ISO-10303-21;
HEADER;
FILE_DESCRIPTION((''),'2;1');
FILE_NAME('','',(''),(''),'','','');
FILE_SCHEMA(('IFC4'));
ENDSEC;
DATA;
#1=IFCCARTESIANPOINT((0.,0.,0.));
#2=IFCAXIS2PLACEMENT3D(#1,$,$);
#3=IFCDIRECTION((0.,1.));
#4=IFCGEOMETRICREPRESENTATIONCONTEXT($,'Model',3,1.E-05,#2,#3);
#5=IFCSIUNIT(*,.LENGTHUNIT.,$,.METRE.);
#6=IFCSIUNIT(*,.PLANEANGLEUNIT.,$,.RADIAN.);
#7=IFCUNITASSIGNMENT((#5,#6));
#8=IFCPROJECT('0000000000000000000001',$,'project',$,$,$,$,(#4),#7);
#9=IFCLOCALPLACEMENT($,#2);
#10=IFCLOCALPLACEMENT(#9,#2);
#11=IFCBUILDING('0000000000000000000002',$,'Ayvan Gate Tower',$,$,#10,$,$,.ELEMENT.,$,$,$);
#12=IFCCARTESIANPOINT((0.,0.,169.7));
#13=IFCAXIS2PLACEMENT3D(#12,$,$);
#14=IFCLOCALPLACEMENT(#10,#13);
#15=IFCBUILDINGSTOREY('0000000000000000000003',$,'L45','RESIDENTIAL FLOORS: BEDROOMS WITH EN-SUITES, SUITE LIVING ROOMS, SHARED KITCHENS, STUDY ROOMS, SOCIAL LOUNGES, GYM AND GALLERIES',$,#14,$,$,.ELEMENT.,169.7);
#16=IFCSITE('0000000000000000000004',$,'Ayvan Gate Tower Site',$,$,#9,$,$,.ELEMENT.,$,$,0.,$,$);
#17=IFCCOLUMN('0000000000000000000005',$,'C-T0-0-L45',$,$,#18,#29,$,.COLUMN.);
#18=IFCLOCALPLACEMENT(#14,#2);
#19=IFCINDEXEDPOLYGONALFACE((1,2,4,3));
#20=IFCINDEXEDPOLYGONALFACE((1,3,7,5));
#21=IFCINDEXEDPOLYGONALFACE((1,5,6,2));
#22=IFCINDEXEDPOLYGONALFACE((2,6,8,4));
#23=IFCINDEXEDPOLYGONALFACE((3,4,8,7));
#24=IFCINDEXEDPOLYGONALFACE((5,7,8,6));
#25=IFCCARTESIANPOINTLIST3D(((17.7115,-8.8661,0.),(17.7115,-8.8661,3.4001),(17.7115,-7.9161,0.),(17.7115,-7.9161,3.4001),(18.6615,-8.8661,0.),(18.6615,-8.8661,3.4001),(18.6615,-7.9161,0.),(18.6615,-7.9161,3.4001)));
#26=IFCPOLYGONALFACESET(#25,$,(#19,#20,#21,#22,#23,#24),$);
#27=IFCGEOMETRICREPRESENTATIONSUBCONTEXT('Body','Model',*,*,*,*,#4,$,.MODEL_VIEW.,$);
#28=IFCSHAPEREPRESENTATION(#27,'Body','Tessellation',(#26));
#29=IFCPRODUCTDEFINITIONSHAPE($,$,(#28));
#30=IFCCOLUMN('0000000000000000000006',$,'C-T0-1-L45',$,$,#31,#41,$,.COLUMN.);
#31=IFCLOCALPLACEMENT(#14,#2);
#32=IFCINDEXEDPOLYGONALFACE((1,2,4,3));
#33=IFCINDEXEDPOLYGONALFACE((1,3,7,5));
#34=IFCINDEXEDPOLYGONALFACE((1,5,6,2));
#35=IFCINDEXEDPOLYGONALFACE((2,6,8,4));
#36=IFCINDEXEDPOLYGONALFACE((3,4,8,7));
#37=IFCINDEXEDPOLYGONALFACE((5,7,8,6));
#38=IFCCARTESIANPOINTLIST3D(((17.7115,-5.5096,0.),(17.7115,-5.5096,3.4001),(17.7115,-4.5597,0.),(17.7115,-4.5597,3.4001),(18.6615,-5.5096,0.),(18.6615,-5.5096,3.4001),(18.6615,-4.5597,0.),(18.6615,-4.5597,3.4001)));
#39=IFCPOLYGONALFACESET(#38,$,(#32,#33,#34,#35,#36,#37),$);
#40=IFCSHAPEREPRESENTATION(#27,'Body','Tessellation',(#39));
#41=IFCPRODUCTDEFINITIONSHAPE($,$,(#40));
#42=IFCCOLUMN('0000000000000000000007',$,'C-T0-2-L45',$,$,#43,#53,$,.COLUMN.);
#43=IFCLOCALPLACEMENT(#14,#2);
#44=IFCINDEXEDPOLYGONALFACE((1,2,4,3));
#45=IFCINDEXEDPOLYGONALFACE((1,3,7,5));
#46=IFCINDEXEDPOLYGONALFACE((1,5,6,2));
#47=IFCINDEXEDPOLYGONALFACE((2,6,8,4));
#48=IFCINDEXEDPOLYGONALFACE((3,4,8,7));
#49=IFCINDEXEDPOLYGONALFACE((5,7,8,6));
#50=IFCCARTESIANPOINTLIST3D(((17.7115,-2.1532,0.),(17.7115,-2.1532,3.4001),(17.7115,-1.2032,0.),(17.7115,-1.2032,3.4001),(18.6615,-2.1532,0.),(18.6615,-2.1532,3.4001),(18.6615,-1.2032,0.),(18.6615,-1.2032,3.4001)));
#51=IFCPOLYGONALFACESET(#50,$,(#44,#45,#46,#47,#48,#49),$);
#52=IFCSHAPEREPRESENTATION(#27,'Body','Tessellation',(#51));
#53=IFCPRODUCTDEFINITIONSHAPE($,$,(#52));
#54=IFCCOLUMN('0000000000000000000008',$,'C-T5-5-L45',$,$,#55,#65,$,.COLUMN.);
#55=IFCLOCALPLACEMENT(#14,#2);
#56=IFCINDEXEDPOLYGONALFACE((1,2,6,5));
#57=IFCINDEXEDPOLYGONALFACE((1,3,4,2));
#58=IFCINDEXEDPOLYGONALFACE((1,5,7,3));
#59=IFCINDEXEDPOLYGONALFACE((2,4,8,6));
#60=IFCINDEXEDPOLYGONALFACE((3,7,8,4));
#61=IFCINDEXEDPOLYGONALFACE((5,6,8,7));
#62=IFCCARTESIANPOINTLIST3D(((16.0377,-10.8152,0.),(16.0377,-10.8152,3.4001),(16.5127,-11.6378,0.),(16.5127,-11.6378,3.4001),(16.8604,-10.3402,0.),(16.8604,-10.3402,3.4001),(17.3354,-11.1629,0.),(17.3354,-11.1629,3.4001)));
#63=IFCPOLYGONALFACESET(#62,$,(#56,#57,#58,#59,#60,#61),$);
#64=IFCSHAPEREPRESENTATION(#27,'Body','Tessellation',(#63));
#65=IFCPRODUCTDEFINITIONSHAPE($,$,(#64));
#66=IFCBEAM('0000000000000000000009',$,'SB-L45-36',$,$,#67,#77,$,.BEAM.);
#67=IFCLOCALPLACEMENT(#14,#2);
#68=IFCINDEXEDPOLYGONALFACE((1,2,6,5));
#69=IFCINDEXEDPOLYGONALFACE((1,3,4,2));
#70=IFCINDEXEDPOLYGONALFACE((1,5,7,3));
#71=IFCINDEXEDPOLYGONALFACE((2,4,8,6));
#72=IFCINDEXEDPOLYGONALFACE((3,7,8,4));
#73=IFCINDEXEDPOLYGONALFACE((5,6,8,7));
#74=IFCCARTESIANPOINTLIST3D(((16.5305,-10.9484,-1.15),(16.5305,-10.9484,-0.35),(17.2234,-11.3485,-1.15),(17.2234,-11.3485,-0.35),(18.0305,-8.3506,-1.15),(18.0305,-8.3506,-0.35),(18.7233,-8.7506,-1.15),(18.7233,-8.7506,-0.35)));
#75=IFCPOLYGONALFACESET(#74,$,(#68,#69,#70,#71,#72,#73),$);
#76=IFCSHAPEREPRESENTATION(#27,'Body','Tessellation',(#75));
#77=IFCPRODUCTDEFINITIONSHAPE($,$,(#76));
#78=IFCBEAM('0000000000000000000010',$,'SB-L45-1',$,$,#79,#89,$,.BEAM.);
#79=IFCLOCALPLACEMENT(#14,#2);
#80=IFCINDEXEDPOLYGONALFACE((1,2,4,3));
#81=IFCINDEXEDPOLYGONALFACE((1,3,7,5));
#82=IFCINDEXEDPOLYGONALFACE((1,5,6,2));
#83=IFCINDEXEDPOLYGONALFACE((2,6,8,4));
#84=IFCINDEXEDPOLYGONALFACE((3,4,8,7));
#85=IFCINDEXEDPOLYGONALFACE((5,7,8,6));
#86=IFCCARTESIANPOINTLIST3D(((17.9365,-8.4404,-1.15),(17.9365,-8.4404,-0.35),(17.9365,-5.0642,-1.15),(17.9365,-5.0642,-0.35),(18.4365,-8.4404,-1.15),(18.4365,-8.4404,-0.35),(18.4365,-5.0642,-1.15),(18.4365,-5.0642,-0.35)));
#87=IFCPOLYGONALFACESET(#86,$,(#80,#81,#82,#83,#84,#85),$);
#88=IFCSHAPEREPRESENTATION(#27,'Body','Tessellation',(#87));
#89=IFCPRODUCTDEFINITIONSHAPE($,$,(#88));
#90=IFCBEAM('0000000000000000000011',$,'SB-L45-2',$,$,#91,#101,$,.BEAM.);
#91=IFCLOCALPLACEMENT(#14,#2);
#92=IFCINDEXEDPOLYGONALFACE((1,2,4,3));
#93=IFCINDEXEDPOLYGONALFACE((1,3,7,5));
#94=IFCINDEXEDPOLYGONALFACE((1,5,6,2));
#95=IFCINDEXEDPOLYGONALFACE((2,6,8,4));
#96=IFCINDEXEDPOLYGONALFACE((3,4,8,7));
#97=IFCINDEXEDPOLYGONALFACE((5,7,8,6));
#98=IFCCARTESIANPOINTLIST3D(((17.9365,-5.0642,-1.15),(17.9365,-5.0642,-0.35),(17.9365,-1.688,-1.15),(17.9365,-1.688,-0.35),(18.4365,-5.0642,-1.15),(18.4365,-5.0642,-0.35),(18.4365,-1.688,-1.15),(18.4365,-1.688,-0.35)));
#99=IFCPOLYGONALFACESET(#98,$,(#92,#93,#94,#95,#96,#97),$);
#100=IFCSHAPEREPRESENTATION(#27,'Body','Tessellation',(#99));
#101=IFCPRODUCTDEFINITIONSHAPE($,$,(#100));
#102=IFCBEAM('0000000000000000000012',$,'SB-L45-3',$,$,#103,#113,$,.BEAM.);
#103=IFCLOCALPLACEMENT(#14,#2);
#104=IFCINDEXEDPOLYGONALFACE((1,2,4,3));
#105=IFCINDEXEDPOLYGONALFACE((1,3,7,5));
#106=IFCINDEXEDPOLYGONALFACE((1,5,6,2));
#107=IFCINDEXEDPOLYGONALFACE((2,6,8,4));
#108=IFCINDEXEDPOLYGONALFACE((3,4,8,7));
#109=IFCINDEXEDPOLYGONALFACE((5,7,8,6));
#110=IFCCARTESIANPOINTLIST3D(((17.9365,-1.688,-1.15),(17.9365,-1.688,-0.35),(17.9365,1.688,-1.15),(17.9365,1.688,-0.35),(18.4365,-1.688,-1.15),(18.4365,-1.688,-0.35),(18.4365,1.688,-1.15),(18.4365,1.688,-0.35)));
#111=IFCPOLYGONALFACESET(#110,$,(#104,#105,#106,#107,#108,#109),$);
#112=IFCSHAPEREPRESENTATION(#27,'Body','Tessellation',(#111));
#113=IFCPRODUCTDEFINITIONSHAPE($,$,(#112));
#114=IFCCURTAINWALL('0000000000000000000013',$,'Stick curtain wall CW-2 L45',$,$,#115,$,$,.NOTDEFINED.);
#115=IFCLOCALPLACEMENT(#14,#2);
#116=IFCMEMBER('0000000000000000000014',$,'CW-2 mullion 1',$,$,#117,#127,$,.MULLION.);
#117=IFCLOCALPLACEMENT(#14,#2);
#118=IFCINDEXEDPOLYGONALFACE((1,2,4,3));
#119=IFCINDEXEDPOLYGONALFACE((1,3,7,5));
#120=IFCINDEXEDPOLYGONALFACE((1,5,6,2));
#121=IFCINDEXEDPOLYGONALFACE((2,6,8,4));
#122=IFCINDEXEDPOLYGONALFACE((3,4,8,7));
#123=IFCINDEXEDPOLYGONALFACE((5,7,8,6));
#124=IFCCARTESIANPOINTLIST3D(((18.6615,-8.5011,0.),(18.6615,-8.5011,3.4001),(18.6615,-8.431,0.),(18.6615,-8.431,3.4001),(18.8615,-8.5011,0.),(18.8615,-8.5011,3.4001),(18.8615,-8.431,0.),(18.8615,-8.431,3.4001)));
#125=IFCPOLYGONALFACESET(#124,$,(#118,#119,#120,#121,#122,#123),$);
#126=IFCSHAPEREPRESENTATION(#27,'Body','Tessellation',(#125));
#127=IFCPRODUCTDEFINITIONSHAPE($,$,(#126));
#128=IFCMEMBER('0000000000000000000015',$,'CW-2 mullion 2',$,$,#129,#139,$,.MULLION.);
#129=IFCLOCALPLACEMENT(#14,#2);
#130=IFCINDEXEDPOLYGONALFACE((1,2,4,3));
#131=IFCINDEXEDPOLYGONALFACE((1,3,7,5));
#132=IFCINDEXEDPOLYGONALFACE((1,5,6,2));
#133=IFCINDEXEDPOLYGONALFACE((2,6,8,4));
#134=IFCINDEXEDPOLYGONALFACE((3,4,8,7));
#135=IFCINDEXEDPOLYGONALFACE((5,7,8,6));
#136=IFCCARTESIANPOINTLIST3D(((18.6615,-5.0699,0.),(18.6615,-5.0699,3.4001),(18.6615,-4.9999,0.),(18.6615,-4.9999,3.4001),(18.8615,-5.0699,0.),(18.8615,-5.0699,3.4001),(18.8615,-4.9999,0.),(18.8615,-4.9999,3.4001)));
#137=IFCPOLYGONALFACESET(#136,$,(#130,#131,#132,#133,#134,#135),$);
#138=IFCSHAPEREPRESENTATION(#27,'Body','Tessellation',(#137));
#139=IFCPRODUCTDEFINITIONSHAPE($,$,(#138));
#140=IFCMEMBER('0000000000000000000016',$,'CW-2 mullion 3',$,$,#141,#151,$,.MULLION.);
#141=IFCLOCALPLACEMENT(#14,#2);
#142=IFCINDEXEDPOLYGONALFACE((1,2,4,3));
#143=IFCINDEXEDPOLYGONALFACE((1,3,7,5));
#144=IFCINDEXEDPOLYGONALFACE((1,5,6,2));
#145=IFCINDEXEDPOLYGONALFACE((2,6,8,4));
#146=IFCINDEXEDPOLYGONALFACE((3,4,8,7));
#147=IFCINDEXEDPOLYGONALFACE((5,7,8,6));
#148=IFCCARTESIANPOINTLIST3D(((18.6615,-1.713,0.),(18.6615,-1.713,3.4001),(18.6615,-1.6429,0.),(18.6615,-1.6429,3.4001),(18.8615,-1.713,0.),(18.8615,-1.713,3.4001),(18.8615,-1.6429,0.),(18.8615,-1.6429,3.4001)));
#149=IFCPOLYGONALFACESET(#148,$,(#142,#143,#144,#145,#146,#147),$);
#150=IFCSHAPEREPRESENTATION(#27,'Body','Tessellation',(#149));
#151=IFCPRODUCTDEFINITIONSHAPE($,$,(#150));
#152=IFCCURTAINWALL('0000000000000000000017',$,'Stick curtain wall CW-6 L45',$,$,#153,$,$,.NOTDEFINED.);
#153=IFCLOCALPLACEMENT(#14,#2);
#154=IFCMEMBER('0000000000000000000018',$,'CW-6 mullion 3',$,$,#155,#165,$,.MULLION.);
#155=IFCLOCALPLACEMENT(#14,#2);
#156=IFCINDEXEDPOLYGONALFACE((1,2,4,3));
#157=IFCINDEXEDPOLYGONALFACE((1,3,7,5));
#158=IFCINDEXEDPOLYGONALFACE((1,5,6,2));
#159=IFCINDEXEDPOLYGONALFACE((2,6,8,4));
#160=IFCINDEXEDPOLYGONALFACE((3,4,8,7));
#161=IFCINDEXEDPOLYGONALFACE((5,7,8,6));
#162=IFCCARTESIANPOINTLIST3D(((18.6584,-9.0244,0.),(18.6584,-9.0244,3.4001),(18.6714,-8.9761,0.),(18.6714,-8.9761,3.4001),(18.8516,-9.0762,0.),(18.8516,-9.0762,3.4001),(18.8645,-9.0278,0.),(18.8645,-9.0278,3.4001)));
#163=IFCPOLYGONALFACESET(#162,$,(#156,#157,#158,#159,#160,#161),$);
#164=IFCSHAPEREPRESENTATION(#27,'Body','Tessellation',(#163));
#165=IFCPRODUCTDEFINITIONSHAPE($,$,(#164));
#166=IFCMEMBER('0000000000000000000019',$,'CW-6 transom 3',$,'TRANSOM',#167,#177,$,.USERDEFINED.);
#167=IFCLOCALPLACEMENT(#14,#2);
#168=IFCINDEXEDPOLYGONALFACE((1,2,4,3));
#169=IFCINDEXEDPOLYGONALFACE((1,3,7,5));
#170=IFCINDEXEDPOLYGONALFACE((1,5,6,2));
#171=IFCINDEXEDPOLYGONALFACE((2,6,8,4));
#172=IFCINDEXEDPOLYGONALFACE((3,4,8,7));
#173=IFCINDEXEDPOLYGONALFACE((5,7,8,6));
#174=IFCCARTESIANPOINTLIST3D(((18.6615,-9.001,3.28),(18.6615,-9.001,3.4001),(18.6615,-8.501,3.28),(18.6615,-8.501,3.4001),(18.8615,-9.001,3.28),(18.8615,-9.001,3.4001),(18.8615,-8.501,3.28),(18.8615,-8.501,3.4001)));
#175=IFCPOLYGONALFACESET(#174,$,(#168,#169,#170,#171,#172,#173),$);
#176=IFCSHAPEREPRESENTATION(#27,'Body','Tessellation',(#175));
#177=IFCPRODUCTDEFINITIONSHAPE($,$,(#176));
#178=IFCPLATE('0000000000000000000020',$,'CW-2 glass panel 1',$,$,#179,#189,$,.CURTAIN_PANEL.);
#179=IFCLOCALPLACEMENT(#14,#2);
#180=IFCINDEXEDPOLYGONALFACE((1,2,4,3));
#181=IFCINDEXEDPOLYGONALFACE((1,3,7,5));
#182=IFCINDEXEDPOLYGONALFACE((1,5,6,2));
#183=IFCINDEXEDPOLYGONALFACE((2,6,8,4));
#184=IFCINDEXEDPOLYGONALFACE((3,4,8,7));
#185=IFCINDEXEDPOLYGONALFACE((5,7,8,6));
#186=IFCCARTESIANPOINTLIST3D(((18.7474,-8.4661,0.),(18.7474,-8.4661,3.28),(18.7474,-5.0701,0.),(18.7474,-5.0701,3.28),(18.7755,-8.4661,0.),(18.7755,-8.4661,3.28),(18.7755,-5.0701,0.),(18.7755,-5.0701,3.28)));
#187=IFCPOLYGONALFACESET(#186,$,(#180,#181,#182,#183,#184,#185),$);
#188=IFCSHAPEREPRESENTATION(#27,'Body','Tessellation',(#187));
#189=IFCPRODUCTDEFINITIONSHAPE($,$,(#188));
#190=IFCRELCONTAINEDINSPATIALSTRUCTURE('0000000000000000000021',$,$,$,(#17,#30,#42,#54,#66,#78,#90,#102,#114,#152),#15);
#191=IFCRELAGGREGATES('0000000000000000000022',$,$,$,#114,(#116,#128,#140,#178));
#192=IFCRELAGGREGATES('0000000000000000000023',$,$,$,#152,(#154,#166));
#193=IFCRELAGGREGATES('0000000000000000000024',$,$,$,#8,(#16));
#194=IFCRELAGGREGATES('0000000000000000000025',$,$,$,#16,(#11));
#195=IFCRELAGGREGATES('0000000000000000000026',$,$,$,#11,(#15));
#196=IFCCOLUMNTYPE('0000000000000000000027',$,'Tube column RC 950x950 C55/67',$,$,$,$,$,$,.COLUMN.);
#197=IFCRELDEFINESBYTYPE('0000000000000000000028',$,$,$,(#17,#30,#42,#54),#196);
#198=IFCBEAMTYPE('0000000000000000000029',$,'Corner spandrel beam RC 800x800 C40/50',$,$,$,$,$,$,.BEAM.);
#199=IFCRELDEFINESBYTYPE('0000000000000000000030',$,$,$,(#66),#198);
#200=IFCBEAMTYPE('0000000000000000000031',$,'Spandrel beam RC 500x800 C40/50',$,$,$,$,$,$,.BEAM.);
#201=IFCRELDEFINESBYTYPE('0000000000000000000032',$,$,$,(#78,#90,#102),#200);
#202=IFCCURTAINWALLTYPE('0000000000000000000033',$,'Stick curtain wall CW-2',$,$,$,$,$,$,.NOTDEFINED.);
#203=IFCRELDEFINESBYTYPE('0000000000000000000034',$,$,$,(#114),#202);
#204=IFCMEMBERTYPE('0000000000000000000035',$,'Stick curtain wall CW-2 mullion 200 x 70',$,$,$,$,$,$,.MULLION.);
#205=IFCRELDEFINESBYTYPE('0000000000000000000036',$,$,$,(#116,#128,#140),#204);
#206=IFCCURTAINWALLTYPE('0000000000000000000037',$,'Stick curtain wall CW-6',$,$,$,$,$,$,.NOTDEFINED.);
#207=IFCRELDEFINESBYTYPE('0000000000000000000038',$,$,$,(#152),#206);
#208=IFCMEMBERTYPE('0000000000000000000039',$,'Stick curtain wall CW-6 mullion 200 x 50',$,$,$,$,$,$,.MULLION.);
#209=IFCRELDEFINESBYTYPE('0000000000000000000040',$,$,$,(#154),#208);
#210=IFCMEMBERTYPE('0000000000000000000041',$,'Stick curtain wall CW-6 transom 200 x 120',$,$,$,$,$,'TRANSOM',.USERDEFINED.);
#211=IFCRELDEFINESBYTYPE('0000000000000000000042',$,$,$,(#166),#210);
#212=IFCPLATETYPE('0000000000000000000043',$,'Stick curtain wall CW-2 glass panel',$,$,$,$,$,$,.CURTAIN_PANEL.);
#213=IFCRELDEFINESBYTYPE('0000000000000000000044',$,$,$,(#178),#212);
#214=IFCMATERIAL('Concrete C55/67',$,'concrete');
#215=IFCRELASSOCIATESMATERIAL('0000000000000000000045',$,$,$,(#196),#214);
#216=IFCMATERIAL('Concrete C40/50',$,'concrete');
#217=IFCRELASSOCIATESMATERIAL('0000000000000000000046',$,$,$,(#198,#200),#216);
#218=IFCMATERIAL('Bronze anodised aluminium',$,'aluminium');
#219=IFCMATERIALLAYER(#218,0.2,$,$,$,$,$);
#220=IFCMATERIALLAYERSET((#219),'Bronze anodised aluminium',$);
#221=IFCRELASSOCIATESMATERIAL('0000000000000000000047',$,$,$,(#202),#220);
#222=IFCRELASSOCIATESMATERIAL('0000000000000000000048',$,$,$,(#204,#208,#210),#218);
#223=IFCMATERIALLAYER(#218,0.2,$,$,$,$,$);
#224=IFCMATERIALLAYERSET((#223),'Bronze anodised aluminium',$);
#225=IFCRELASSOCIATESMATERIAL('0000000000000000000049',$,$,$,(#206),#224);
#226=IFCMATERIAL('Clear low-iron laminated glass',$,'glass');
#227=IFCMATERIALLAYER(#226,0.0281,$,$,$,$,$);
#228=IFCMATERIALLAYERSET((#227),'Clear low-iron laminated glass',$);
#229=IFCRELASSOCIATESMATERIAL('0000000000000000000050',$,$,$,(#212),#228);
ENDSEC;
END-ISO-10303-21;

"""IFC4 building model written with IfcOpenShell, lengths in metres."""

from ifc_helpers import new_model, si_unit, direction, frame, origin, origin_2d, place, context, subcontext, project, spatial, rectangle, extrude, material, layer, layer_set, material_profile, profile_set, type_object, element, aggregate, save


model = new_model("IFC4")

# Units and contexts
model_context = context("Model", 3, precision=1e-05, world=origin(), true_north=direction((0.0, 1.0)))
body_context = subcontext(model_context, "Body", "Model", "MODEL_VIEW")
ifc_project = project(units=[si_unit("LENGTHUNIT", "METRE"), si_unit("PLANEANGLEUNIT", "RADIAN")], contexts=[model_context])

# Site, building, storey
site_placement = place(None, origin())
site = spatial("IfcSite", under=ifc_project, at=site_placement, Name="Ayvan Gate Tower Site", CompositionType="ELEMENT", RefElevation=0.0)
building_placement = place(site_placement, origin())
building = spatial("IfcBuilding", under=site, at=building_placement, Name="Ayvan Gate Tower", CompositionType="ELEMENT")
storey_placement = place(building_placement, frame((0.0, 0.0, 169.7)))
storey = spatial("IfcBuildingStorey", under=building, at=storey_placement, Name="L45", Description="RESIDENTIAL FLOORS: BEDROOMS WITH EN-SUITES, SUITE LIVING ROOMS, SHARED KITCHENS, STUDY ROOMS, SOCIAL LOUNGES, GYM AND GALLERIES", CompositionType="ELEMENT", Elevation=169.7)

# Columns
ifc_material_1 = material(Name="Concrete C55/67", Category="concrete")
ifc_material_profile_1 = material_profile(ifc_material_1, rectangle(XDim=0.95, YDim=0.95, at=origin_2d()), Name="RC 950x950")
ifc_profile_set_1 = profile_set([ifc_material_profile_1], Name="Concrete C55/67")
column_type = type_object("IfcColumnType", Name="Tube column RC 950x950 C55/67", PredefinedType="COLUMN", material=ifc_profile_set_1)
for number, where, z_axis, x_axis, name in (
    (1, (18.1865, -8.3911, 0.0), (0.0, 0.0, 1.0), (1.0, 0.0, 0.0), "C-T0-0-L45"),
    (2, (18.1865, -5.0347, 0.0), (0.0, 0.0, 1.0), (1.0, 0.0, 0.0), "C-T0-1-L45"),
    (3, (18.1865, -1.6782, 0.0), (0.0, 0.0, 1.0), (1.0, 0.0, 0.0), "C-T0-2-L45"),
    (4, (16.6865, -10.989, 0.0), (0.0, 0.0, 1.0), (0.5, -0.866025, 0.0), "C-T5-5-L45"),
):
    element("IfcColumn", number, at=place(storey_placement, frame(where, z_axis=z_axis, x_axis=x_axis)), inside=storey, type_object=column_type, Name=name, PredefinedType="COLUMN", context=body_context, shape_type="SweptSolid", body=[
        extrude(rectangle(XDim=0.95, YDim=0.95, at=origin_2d()), origin(), (0.0, 0.0, 1.0), 3.4001),
    ])

# Beams
ifc_material_2 = material(Name="Concrete C40/50", Category="concrete")
ifc_material_profile_2 = material_profile(ifc_material_2, rectangle(XDim=0.8, YDim=0.8, at=origin_2d()), Name="RC 800x800")
ifc_profile_set_2 = profile_set([ifc_material_profile_2], Name="Concrete C40/50")
beam_type_1 = type_object("IfcBeamType", Name="Corner spandrel beam RC 800x800 C40/50", PredefinedType="BEAM", material=ifc_profile_set_2)
beam_1_placement = place(storey_placement, frame((16.877, -11.1484, -0.75), z_axis=(0.500025, 0.866011, 0.0), x_axis=(-0.866011, 0.500025, 0.0)))
element("IfcBeam", 5, at=beam_1_placement, inside=storey, type_object=beam_type_1, Name="SB-L45-36", PredefinedType="BEAM", context=body_context, shape_type="SweptSolid", body=[
    extrude(rectangle(XDim=0.8, YDim=0.8, at=origin_2d()), origin(), (0.0, 0.0, 1.0), 2.9998),
])
ifc_material_profile_3 = material_profile(ifc_material_2, rectangle(XDim=0.5, YDim=0.8, at=origin_2d()), Name="RC 500x800")
ifc_profile_set_3 = profile_set([ifc_material_profile_3], Name="Concrete C40/50")
beam_type_2 = type_object("IfcBeamType", Name="Spandrel beam RC 500x800 C40/50", PredefinedType="BEAM", material=ifc_profile_set_3)
for number, where, z_axis, x_axis, name in (
    (6, (18.1865, -8.4404, -0.75), (0.0, 1.0, 0.0), (-1.0, 0.0, 0.0), "SB-L45-1"),
    (7, (18.1865, -5.0642, -0.75), (0.0, 1.0, 0.0), (-1.0, 0.0, 0.0), "SB-L45-2"),
):
    element("IfcBeam", number, at=place(storey_placement, frame(where, z_axis=z_axis, x_axis=x_axis)), inside=storey, type_object=beam_type_2, Name=name, PredefinedType="BEAM", context=body_context, shape_type="SweptSolid", body=[
        extrude(rectangle(XDim=0.5, YDim=0.8, at=origin_2d()), origin(), (0.0, 0.0, 1.0), 3.3762),
    ])
beam_2_placement = place(storey_placement, frame((18.1865, -1.688, -0.75), z_axis=(0.0, 1.0, 0.0), x_axis=(-1.0, 0.0, 0.0)))
element("IfcBeam", 8, at=beam_2_placement, inside=storey, type_object=beam_type_2, Name="SB-L45-3", PredefinedType="BEAM", context=body_context, shape_type="SweptSolid", body=[
    extrude(rectangle(XDim=0.5, YDim=0.8, at=origin_2d()), origin(), (0.0, 0.0, 1.0), 3.376),
])

# Curtain walls, members
ifc_material_3 = material(Name="Bronze anodised aluminium", Category="aluminium")
ifc_layer_1 = layer(ifc_material_3, 0.2)
ifc_layer_set_1 = layer_set([ifc_layer_1], Name="Bronze anodised aluminium")
curtain_wall_type_1 = type_object("IfcCurtainWallType", Name="Stick curtain wall CW-2", PredefinedType="NOTDEFINED", material=ifc_layer_set_1)
curtain_wall_1_placement = place(storey_placement, origin())
curtain_wall_1 = element("IfcCurtainWall", 9, at=curtain_wall_1_placement, inside=storey, type_object=curtain_wall_type_1, Name="Stick curtain wall CW-2 L45", PredefinedType="NOTDEFINED")
ifc_material_profile_4 = material_profile(ifc_material_3, rectangle(XDim=0.2, YDim=0.0701, at=origin_2d()), Name="Stick curtain wall CW-2 mullion 200 x 70")
ifc_profile_set_4 = profile_set([ifc_material_profile_4], Name="Bronze anodised aluminium")
member_type_1 = type_object("IfcMemberType", Name="Stick curtain wall CW-2 mullion 200 x 70", PredefinedType="MULLION", material=ifc_profile_set_4)
member_1_placement = place(storey_placement, frame((18.7615, -8.4661, 0.0), z_axis=(0.0, 0.0, 1.0), x_axis=(1.0, 0.0, 0.0)))
member_1 = element("IfcMember", 10, at=member_1_placement, type_object=member_type_1, Name="CW-2 mullion 1", PredefinedType="MULLION", context=body_context, shape_type="SweptSolid", body=[
    extrude(rectangle(XDim=0.2, YDim=0.0701, at=origin_2d()), origin(), (0.0, 0.0, 1.0), 3.4001),
])
member_2_placement = place(storey_placement, frame((18.7615, -5.0349, 0.0), z_axis=(0.0, 0.0, 1.0), x_axis=(1.0, 0.0, 0.0)))
member_2 = element("IfcMember", 11, at=member_2_placement, type_object=member_type_1, Name="CW-2 mullion 2", PredefinedType="MULLION", context=body_context, shape_type="SweptSolid", body=[
    extrude(rectangle(XDim=0.2, YDim=0.0701, at=origin_2d()), origin(), (0.0, 0.0, 1.0), 3.4001),
])
member_3_placement = place(storey_placement, frame((18.7615, -1.678, 0.0), z_axis=(0.0, 0.0, 1.0), x_axis=(1.0, 0.0, 0.0)))
member_3 = element("IfcMember", 12, at=member_3_placement, type_object=member_type_1, Name="CW-2 mullion 3", PredefinedType="MULLION", context=body_context, shape_type="SweptSolid", body=[
    extrude(rectangle(XDim=0.2, YDim=0.0701, at=origin_2d()), origin(), (0.0, 0.0, 1.0), 3.4001),
])
ifc_layer_2 = layer(ifc_material_3, 0.2)
ifc_layer_set_2 = layer_set([ifc_layer_2], Name="Bronze anodised aluminium")
curtain_wall_type_2 = type_object("IfcCurtainWallType", Name="Stick curtain wall CW-6", PredefinedType="NOTDEFINED", material=ifc_layer_set_2)
curtain_wall_2_placement = place(storey_placement, origin())
curtain_wall_2 = element("IfcCurtainWall", 13, at=curtain_wall_2_placement, inside=storey, type_object=curtain_wall_type_2, Name="Stick curtain wall CW-6 L45", PredefinedType="NOTDEFINED")
ifc_material_profile_5 = material_profile(ifc_material_3, rectangle(XDim=0.2, YDim=0.05, at=origin_2d()), Name="Stick curtain wall CW-6 mullion 200 x 50")
ifc_profile_set_5 = profile_set([ifc_material_profile_5], Name="Bronze anodised aluminium")
member_type_2 = type_object("IfcMemberType", Name="Stick curtain wall CW-6 mullion 200 x 50", PredefinedType="MULLION", material=ifc_profile_set_5)
member_4_placement = place(storey_placement, frame((18.7615, -9.0261, 0.0), z_axis=(0.0, 0.0, 1.0), x_axis=(0.965926, -0.258819, 0.0)))
member_4 = element("IfcMember", 14, at=member_4_placement, type_object=member_type_2, Name="CW-6 mullion 3", PredefinedType="MULLION", context=body_context, shape_type="SweptSolid", body=[
    extrude(rectangle(XDim=0.2, YDim=0.05, at=origin_2d()), origin(), (0.0, 0.0, 1.0), 3.4001),
])
ifc_material_profile_6 = material_profile(ifc_material_3, rectangle(XDim=0.2, YDim=0.1201, at=origin_2d()), Name="Stick curtain wall CW-6 transom 200 x 120")
ifc_profile_set_6 = profile_set([ifc_material_profile_6], Name="Bronze anodised aluminium")
member_type_3 = type_object("IfcMemberType", Name="Stick curtain wall CW-6 transom 200 x 120", ElementType="TRANSOM", PredefinedType="USERDEFINED", material=ifc_profile_set_6)
member_5_placement = place(storey_placement, frame((18.7615, -9.001, 3.3401), z_axis=(0.0, 1.0, 0.0), x_axis=(-1.0, 0.0, 0.0)))
member_5 = element("IfcMember", 15, at=member_5_placement, type_object=member_type_3, Name="CW-6 transom 3", ObjectType="TRANSOM", PredefinedType="USERDEFINED", context=body_context, shape_type="SweptSolid", body=[
    extrude(rectangle(XDim=0.2, YDim=0.1201, at=origin_2d()), origin(), (0.0, 0.0, 1.0), 0.5),
])

# Plate
ifc_material_4 = material(Name="Clear low-iron laminated glass", Category="glass")
ifc_layer_3 = layer(ifc_material_4, 0.0281)
ifc_layer_set_3 = layer_set([ifc_layer_3], Name="Clear low-iron laminated glass")
plate_type_1 = type_object("IfcPlateType", Name="Stick curtain wall CW-2 glass panel", PredefinedType="CURTAIN_PANEL", material=ifc_layer_set_3)
plate_1_placement = place(storey_placement, frame((18.7615, -6.7681, 0.0), z_axis=(0.0, 0.0, 1.0), x_axis=(0.0, 1.0, 0.0)))
plate_1 = element("IfcPlate", 16, at=plate_1_placement, type_object=plate_type_1, Name="CW-2 glass panel 1", PredefinedType="CURTAIN_PANEL", context=body_context, shape_type="SweptSolid", body=[
    extrude(rectangle(XDim=3.396, YDim=0.0281, at=origin_2d()), origin(), (0.0, 0.0, 1.0), 3.28),
])
aggregate(curtain_wall_1, [member_1, member_2, member_3, plate_1])
aggregate(curtain_wall_2, [member_4, member_5])

save(model, "model.ifc")
